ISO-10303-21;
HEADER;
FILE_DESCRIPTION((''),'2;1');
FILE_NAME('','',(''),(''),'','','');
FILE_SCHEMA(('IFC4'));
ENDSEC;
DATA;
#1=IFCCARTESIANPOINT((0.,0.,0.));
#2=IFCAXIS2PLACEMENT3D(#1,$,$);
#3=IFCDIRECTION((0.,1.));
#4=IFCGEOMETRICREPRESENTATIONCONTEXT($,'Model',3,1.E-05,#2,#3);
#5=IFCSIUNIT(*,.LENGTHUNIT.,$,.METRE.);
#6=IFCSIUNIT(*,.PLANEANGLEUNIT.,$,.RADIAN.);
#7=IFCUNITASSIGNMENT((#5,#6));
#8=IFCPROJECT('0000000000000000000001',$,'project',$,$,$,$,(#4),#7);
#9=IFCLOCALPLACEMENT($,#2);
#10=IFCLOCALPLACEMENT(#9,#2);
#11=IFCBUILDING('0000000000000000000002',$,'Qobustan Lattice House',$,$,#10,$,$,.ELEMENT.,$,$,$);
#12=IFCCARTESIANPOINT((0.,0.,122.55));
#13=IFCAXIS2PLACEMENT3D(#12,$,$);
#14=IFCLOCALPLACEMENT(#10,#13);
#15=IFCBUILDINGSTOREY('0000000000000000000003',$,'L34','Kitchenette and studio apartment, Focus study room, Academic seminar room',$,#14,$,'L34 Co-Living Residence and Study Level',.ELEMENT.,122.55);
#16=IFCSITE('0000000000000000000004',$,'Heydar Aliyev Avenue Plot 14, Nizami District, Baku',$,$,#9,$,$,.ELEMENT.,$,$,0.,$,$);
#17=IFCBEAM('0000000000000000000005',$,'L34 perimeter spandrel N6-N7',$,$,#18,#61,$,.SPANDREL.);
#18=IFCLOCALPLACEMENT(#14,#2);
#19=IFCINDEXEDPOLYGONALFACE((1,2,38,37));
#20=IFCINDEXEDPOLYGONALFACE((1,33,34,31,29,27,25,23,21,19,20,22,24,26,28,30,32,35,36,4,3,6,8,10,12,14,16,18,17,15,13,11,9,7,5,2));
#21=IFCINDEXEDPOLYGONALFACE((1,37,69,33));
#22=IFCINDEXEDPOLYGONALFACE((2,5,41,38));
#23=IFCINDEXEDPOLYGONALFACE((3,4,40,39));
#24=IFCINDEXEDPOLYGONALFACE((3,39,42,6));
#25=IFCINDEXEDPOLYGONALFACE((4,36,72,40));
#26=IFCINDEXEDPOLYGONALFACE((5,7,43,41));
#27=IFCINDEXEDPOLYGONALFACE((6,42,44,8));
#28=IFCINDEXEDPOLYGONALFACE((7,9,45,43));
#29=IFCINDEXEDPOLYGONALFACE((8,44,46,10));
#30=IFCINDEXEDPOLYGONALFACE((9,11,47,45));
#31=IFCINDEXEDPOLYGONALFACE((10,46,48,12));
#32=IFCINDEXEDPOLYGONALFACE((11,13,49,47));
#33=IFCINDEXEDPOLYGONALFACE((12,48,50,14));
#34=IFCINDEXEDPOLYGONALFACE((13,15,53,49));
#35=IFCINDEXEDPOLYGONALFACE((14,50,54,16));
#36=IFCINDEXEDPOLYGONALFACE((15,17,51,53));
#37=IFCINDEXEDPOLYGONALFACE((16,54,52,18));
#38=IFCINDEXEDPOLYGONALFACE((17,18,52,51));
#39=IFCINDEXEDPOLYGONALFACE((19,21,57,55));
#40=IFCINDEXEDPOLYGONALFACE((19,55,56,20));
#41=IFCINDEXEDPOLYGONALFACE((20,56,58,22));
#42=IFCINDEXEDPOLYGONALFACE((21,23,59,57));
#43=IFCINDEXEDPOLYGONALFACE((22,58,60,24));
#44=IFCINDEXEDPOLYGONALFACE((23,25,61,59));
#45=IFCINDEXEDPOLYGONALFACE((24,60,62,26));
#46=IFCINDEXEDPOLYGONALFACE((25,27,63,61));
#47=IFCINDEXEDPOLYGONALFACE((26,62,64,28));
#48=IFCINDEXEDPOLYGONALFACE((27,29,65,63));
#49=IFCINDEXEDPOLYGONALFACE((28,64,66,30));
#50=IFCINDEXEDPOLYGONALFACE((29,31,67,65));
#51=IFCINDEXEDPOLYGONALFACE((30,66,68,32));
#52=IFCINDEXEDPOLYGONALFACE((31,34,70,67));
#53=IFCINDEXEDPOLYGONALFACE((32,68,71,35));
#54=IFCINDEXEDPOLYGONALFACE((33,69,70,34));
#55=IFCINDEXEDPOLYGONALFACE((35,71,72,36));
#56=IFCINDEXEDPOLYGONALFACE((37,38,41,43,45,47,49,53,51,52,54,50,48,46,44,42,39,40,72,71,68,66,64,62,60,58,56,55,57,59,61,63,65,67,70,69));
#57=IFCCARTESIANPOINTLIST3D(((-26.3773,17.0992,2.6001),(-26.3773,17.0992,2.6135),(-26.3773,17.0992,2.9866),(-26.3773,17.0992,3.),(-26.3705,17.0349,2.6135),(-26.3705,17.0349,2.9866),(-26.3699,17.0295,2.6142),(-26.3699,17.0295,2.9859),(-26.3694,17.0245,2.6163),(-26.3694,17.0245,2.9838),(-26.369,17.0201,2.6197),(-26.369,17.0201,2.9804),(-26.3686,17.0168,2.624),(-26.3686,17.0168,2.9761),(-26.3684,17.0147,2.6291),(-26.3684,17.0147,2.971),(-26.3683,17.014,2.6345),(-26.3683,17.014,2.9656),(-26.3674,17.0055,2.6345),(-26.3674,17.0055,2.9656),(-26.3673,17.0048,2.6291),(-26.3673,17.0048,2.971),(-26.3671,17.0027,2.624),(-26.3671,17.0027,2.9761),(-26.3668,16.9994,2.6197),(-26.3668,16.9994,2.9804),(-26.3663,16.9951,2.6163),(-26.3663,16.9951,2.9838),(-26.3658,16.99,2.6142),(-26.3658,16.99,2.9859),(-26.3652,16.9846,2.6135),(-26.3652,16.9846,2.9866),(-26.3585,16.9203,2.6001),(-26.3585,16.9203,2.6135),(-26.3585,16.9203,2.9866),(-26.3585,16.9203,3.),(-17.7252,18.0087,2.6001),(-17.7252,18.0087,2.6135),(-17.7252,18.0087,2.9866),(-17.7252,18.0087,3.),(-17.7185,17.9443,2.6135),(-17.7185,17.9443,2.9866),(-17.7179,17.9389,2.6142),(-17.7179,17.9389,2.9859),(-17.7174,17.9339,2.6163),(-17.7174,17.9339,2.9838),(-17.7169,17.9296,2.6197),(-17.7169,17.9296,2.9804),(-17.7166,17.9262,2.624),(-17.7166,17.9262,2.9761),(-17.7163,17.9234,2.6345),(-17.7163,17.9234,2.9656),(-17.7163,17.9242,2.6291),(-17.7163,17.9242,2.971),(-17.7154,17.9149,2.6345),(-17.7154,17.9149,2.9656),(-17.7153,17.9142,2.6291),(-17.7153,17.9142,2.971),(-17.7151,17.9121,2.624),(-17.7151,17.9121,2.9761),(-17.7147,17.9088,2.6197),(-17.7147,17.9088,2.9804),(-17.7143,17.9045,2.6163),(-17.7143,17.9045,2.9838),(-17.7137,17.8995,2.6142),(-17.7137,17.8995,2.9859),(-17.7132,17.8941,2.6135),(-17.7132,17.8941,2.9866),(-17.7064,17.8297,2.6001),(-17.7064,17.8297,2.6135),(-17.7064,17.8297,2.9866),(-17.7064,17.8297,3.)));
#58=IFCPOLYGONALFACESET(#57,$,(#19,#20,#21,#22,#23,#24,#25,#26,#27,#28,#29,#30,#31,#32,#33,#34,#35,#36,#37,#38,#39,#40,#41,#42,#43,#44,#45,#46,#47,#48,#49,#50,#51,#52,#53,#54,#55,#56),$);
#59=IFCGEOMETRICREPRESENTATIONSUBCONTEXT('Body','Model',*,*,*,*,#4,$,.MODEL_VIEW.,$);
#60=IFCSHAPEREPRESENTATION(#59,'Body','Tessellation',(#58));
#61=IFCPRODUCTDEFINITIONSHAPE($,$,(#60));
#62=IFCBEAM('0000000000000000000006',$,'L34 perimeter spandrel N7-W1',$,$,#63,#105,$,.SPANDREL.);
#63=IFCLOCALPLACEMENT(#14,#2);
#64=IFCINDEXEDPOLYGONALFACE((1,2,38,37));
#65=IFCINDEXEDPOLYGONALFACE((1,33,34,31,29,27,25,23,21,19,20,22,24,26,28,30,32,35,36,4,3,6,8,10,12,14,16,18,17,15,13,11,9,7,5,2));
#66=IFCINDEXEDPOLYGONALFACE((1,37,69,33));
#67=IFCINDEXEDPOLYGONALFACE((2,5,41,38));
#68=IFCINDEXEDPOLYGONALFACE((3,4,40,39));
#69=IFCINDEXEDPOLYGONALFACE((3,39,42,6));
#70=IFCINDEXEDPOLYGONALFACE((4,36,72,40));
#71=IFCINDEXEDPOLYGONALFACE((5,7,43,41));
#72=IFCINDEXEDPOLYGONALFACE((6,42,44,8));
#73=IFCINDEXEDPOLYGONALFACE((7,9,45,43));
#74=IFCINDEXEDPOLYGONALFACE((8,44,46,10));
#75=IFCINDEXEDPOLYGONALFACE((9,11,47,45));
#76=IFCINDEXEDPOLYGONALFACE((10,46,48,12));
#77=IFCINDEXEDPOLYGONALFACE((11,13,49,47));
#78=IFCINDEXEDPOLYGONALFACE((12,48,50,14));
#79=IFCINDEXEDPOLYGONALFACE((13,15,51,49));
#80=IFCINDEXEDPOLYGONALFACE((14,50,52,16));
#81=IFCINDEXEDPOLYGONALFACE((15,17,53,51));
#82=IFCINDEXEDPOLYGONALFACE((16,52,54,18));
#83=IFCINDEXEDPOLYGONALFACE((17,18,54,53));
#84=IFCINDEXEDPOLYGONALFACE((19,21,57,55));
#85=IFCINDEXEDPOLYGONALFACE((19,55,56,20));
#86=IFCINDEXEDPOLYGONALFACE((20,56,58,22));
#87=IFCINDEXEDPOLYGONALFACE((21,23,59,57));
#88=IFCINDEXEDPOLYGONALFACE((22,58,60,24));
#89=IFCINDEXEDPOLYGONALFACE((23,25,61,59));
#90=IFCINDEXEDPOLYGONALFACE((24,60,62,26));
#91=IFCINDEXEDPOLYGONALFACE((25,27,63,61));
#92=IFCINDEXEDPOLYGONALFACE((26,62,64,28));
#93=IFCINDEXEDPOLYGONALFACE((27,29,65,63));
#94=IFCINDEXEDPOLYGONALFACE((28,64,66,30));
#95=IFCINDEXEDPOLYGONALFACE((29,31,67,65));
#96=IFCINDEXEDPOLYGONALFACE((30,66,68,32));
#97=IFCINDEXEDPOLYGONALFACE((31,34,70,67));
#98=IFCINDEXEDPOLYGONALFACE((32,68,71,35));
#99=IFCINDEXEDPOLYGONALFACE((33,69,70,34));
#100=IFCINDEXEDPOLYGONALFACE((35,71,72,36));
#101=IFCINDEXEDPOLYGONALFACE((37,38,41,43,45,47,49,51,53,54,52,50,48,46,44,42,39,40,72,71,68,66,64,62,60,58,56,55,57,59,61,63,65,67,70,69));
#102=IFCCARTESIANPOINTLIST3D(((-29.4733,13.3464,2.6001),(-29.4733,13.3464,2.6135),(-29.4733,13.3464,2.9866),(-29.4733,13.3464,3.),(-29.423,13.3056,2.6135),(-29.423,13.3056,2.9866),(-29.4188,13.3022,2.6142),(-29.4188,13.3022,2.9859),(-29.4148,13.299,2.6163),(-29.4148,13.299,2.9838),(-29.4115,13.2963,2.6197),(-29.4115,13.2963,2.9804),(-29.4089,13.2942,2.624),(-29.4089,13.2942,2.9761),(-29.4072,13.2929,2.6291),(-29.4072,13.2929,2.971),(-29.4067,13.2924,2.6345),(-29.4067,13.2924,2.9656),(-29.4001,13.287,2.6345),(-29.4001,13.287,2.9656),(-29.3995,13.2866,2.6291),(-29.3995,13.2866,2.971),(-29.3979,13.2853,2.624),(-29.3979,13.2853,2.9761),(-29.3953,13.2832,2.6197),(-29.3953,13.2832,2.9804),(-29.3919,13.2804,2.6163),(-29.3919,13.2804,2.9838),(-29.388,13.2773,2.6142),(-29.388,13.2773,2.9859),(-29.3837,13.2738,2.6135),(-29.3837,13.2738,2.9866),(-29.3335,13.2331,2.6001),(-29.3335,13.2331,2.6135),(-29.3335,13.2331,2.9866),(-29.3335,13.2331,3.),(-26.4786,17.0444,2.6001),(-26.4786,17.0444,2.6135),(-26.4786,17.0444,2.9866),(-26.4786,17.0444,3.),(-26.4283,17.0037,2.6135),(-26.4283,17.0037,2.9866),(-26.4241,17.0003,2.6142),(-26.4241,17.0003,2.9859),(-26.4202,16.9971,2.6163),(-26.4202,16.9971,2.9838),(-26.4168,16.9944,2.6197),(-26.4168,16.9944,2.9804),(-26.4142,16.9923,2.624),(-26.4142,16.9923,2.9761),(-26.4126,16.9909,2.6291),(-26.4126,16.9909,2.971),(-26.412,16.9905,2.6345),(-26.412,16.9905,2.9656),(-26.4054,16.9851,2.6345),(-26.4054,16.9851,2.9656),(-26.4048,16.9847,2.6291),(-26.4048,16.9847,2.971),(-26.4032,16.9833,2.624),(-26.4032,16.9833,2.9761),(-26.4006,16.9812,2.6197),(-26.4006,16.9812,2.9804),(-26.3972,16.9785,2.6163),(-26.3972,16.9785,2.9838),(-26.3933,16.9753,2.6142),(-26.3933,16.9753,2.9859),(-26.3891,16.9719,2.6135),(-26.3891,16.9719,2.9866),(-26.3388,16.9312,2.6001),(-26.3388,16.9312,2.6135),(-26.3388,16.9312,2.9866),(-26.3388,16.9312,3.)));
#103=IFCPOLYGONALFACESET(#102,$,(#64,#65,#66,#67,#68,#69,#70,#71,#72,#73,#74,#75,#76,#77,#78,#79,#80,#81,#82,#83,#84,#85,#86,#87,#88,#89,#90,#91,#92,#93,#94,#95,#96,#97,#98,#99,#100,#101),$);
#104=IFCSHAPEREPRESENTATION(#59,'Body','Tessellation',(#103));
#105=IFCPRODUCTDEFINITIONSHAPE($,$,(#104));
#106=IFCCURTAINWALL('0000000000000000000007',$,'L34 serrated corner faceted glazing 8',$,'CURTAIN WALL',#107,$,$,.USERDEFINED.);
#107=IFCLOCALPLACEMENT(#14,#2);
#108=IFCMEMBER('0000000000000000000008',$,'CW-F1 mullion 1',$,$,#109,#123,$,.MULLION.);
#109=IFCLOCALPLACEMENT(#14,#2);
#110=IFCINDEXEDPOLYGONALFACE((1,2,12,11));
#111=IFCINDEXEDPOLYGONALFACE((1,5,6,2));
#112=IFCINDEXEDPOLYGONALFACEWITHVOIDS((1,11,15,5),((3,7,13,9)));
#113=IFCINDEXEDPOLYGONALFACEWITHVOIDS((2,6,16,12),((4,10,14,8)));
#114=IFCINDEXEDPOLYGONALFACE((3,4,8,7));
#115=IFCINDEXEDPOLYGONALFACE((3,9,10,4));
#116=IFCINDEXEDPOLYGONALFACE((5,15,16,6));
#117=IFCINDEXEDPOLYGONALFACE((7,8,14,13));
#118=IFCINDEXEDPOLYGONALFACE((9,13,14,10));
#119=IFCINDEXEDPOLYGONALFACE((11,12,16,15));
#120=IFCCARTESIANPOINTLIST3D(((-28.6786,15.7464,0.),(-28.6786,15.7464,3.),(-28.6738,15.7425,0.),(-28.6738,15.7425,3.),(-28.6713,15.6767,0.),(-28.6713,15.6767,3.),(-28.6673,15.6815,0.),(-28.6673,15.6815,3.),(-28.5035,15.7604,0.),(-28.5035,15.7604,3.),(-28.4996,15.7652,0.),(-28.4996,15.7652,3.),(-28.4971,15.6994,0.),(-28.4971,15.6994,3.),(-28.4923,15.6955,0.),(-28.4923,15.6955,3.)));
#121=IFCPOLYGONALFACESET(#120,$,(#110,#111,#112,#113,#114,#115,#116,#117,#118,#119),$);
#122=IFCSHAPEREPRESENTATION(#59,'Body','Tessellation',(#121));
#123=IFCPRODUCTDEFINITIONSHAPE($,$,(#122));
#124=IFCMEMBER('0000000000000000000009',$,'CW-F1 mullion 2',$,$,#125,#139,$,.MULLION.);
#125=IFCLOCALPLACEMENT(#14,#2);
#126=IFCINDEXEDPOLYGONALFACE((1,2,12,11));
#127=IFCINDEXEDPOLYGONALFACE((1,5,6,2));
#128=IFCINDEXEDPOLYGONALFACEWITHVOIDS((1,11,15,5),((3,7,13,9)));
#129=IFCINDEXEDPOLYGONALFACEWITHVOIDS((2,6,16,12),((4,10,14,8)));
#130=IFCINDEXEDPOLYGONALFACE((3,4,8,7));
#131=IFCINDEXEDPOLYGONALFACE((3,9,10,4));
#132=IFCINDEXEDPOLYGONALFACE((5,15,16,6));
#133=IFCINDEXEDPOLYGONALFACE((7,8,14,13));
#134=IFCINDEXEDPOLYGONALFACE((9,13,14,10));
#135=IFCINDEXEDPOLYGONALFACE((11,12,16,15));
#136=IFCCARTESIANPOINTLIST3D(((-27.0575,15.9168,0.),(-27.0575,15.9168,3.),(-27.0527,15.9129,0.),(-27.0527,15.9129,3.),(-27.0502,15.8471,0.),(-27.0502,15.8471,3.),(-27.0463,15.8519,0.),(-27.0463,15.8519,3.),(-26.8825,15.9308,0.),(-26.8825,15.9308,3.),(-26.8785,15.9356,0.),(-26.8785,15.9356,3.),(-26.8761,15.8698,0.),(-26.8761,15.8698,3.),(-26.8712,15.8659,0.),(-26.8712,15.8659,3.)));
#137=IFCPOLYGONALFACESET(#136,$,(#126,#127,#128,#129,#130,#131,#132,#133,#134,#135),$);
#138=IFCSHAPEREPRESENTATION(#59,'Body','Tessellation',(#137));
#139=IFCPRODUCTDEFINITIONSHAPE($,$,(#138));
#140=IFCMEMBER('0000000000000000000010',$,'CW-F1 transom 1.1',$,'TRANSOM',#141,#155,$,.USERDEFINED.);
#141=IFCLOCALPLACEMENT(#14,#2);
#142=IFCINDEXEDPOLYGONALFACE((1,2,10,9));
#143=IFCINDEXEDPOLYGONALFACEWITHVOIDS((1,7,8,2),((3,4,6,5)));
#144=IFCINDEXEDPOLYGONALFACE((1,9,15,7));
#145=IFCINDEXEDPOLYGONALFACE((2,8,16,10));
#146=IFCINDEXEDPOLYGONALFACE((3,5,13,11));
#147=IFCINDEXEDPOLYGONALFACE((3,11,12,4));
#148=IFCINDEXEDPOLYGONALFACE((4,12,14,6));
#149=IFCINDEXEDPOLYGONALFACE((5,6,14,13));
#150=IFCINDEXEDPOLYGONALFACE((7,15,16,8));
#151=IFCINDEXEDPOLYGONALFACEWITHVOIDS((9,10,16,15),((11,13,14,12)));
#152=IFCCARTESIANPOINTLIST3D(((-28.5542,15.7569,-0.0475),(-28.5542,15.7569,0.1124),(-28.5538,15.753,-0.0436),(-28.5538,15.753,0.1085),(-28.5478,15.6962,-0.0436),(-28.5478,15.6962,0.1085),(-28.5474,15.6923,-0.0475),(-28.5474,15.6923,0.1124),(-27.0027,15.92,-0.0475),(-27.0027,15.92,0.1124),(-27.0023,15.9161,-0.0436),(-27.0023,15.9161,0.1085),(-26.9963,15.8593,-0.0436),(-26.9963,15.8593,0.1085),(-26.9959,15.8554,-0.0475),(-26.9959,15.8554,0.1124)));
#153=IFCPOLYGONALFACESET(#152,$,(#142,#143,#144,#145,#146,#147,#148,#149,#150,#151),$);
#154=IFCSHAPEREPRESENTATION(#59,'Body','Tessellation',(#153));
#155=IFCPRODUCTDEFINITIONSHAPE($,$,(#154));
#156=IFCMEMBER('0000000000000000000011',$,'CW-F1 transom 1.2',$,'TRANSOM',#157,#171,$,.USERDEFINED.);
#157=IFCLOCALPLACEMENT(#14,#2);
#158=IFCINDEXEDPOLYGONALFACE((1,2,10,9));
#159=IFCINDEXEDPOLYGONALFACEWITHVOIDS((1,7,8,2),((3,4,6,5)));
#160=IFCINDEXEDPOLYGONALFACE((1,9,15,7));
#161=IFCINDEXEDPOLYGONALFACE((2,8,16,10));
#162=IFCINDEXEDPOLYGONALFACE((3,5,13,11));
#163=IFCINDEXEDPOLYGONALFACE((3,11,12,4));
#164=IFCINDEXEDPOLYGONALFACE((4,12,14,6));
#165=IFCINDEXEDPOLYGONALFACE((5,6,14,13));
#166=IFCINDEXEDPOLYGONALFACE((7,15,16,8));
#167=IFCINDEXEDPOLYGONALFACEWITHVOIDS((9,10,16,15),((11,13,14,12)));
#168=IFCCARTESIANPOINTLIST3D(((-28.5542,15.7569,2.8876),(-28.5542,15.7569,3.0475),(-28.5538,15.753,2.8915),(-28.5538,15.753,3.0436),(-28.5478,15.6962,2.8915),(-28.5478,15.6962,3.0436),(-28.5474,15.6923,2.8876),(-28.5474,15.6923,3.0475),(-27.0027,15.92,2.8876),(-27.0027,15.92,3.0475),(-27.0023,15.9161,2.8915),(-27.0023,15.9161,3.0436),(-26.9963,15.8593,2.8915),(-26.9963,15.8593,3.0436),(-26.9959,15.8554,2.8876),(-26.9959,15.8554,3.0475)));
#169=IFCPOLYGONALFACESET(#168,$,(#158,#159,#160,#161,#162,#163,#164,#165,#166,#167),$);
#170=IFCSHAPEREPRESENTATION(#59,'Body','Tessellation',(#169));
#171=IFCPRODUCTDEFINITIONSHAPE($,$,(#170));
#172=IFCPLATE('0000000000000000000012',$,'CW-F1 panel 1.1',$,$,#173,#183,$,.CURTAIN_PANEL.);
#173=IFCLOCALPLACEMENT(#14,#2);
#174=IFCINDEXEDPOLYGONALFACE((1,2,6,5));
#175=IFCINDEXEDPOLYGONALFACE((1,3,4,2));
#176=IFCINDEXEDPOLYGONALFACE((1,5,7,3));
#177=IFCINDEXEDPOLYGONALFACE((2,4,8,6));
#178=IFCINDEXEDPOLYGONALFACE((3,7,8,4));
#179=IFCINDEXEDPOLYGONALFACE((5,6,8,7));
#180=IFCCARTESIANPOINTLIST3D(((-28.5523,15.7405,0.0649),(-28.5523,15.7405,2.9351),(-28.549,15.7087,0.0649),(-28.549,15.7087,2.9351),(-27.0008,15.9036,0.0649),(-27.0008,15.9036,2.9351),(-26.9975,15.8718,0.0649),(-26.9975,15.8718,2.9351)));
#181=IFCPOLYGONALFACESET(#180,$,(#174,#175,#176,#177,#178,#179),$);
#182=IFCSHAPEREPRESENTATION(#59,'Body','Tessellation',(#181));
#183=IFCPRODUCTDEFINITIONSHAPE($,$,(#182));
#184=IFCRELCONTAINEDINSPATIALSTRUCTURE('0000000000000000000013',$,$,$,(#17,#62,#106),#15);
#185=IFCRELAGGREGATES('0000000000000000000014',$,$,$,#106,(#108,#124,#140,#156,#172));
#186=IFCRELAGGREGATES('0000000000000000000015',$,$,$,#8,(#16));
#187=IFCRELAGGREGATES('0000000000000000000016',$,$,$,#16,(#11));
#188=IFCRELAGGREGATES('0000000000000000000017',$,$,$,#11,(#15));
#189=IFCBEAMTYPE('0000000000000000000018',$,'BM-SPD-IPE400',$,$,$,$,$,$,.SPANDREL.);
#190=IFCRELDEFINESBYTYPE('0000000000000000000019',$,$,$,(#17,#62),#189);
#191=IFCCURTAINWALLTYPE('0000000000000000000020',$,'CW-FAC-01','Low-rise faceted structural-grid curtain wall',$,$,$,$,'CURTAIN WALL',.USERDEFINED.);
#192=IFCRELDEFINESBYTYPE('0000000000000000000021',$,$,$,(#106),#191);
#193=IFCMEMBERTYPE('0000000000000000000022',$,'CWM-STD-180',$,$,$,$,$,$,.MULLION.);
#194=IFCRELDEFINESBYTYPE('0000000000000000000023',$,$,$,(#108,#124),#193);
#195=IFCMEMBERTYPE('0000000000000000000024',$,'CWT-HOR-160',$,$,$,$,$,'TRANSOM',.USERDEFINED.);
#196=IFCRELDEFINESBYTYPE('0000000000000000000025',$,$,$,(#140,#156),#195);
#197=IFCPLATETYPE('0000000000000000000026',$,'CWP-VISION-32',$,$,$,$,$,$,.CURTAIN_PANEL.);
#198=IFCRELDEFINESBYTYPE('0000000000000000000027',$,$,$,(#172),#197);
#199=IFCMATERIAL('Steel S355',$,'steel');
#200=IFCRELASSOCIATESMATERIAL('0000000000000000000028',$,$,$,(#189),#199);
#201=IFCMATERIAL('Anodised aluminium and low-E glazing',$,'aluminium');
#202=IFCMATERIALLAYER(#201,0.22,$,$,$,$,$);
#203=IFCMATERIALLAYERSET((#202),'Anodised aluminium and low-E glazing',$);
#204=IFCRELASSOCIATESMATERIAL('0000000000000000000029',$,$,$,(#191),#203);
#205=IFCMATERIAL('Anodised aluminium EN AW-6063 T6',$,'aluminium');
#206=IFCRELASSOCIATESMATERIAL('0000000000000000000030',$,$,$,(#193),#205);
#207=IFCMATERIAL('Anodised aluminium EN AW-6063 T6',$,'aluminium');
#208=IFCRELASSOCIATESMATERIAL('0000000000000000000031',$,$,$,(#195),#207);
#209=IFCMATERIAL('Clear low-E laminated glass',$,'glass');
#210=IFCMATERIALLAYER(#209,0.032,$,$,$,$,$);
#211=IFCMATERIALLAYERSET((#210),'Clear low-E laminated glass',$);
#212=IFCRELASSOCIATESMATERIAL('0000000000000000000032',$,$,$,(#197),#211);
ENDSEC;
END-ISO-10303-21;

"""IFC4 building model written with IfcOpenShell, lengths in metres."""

from ifc_helpers import new_model, si_unit, direction, frame, origin, origin_2d, place, context, subcontext, project, spatial, rectangle, hollow_rectangle, i_section, extrude, material, layer, layer_set, material_profile, profile_set, type_object, element, aggregate, save


model = new_model("IFC4")

# Units and contexts
model_context = context("Model", 3, precision=1e-05, world=origin(), true_north=direction((0.0, 1.0)))
body_context = subcontext(model_context, "Body", "Model", "MODEL_VIEW")
ifc_project = project(units=[si_unit("LENGTHUNIT", "METRE"), si_unit("PLANEANGLEUNIT", "RADIAN")], contexts=[model_context])

# Site, building, storey
site_placement = place(None, origin())
site = spatial("IfcSite", under=ifc_project, at=site_placement, Name="Heydar Aliyev Avenue Plot 14, Nizami District, Baku", CompositionType="ELEMENT", RefElevation=0.0)
building_placement = place(site_placement, origin())
building = spatial("IfcBuilding", under=site, at=building_placement, Name="Qobustan Lattice House", CompositionType="ELEMENT")
storey_placement = place(building_placement, frame((0.0, 0.0, 122.55)))
storey = spatial("IfcBuildingStorey", under=building, at=storey_placement, Name="L34", Description="Kitchenette and studio apartment, Focus study room, Academic seminar room", LongName="L34 Co-Living Residence and Study Level", CompositionType="ELEMENT", Elevation=122.55)

# Beams
ifc_material_1 = material(Name="Steel S355", Category="steel")
ifc_material_profile_1 = material_profile(ifc_material_1, i_section(OverallWidth=0.1799, OverallDepth=0.3999, WebThickness=0.0085, FlangeThickness=0.0134, FilletRadius=0.021, at=origin_2d()), Name="IPE400")
ifc_profile_set_1 = profile_set([ifc_material_profile_1], Name="Steel S355")
beam_type_1 = type_object("IfcBeamType", Name="BM-SPD-IPE400", PredefinedType="SPANDREL", material=ifc_profile_set_1)
beam_1_placement = place(storey_placement, frame((-17.7158, 17.9192, 2.8), z_axis=(-0.994521, -0.104534, 0.0), x_axis=(0.104534, -0.994521, 0.0)))
element("IfcBeam", 1, at=beam_1_placement, inside=storey, type_object=beam_type_1, Name="L34 perimeter spandrel N6-N7", PredefinedType="SPANDREL", context=body_context, shape_type="SweptSolid", body=[
    extrude(i_section(OverallWidth=0.1799, OverallDepth=0.3999, WebThickness=0.0085, FlangeThickness=0.0134, FilletRadius=0.021, at=origin_2d()), origin(), (0.0, 0.0, 1.0), 8.6997),
])
beam_2_placement = place(storey_placement, frame((-26.4087, 16.9878, 2.8), z_axis=(-0.629327, -0.777141, 0.0), x_axis=(0.777141, -0.629327, 0.0)))
element("IfcBeam", 2, at=beam_2_placement, inside=storey, type_object=beam_type_1, Name="L34 perimeter spandrel N7-W1", PredefinedType="SPANDREL", context=body_context, shape_type="SweptSolid", body=[
    extrude(i_section(OverallWidth=0.1799, OverallDepth=0.3999, WebThickness=0.0085, FlangeThickness=0.0134, FilletRadius=0.021, at=origin_2d()), origin(), (0.0, 0.0, 1.0), 4.7585),
])

# Curtain wall, members, plate
ifc_material_2 = material(Name="Anodised aluminium and low-E glazing", Category="aluminium")
ifc_layer_1 = layer(ifc_material_2, 0.22)
ifc_layer_set_1 = layer_set([ifc_layer_1], Name="Anodised aluminium and low-E glazing")
curtain_wall_type = type_object("IfcCurtainWallType", Name="CW-FAC-01", Description="Low-rise faceted structural-grid curtain wall", ElementType="CURTAIN WALL", PredefinedType="USERDEFINED", material=ifc_layer_set_1)
curtain_wall_placement = place(storey_placement, origin())
curtain_wall = element("IfcCurtainWall", 3, at=curtain_wall_placement, inside=storey, type_object=curtain_wall_type, Name="L34 serrated corner faceted glazing 8", ObjectType="CURTAIN WALL", PredefinedType="USERDEFINED")
ifc_material_3 = material(Name="Anodised aluminium EN AW-6063 T6", Category="aluminium")
ifc_material_profile_2 = material_profile(ifc_material_3, hollow_rectangle(XDim=0.0701, YDim=0.1799, WallThickness=0.0044, at=origin_2d()), Name="CWM-180x70")
ifc_profile_set_2 = profile_set([ifc_material_profile_2], Name="Anodised aluminium EN AW-6063 T6")
member_type_1 = type_object("IfcMemberType", Name="CWM-STD-180", PredefinedType="MULLION", material=ifc_profile_set_2)
member_1_placement = place(storey_placement, frame((-28.5854, 15.7209, 0.0), z_axis=(0.0, 0.0, 1.0), x_axis=(-0.104529, 0.994522, 0.0)))
member_1 = element("IfcMember", 4, at=member_1_placement, type_object=member_type_1, Name="CW-F1 mullion 1", PredefinedType="MULLION", context=body_context, shape_type="SweptSolid", body=[
    extrude(hollow_rectangle(XDim=0.0701, YDim=0.1799, WallThickness=0.0044, at=origin_2d()), origin(), (0.0, 0.0, 1.0), 3.0),
])
member_2_placement = place(storey_placement, frame((-26.9644, 15.8914, 0.0), z_axis=(0.0, 0.0, 1.0), x_axis=(-0.104529, 0.994522, 0.0)))
member_2 = element("IfcMember", 5, at=member_2_placement, type_object=member_type_1, Name="CW-F1 mullion 2", PredefinedType="MULLION", context=body_context, shape_type="SweptSolid", body=[
    extrude(hollow_rectangle(XDim=0.0701, YDim=0.1799, WallThickness=0.0044, at=origin_2d()), origin(), (0.0, 0.0, 1.0), 3.0),
])
ifc_material_4 = material(Name="Anodised aluminium EN AW-6063 T6", Category="aluminium")
ifc_material_profile_3 = material_profile(ifc_material_4, hollow_rectangle(XDim=0.0649, YDim=0.1599, WallThickness=0.0039, at=origin_2d()), Name="CWT-160x65")
ifc_profile_set_3 = profile_set([ifc_material_profile_3], Name="Anodised aluminium EN AW-6063 T6")
member_type_2 = type_object("IfcMemberType", Name="CWT-HOR-160", ElementType="TRANSOM", PredefinedType="USERDEFINED", material=ifc_profile_set_3)
member_3_placement = place(storey_placement, frame((-28.5508, 15.7246, 0.0325), z_axis=(0.994521, 0.104538, 0.0), x_axis=(-0.104538, 0.994521, 0.0)))
member_3 = element("IfcMember", 6, at=member_3_placement, type_object=member_type_2, Name="CW-F1 transom 1.1", ObjectType="TRANSOM", PredefinedType="USERDEFINED", context=body_context, shape_type="SweptSolid", body=[
    extrude(hollow_rectangle(XDim=0.0649, YDim=0.1599, WallThickness=0.0039, at=origin_2d()), origin(), (0.0, 0.0, 1.0), 1.5601),
])
member_4_placement = place(storey_placement, frame((-28.5508, 15.7246, 2.9675), z_axis=(0.994521, 0.104538, 0.0), x_axis=(-0.104538, 0.994521, 0.0)))
member_4 = element("IfcMember", 7, at=member_4_placement, type_object=member_type_2, Name="CW-F1 transom 1.2", ObjectType="TRANSOM", PredefinedType="USERDEFINED", context=body_context, shape_type="SweptSolid", body=[
    extrude(hollow_rectangle(XDim=0.0649, YDim=0.1599, WallThickness=0.0039, at=origin_2d()), origin(), (0.0, 0.0, 1.0), 1.5601),
])
ifc_material_5 = material(Name="Clear low-E laminated glass", Category="glass")
ifc_layer_2 = layer(ifc_material_5, 0.032)
ifc_layer_set_2 = layer_set([ifc_layer_2], Name="Clear low-E laminated glass")
plate_type_1 = type_object("IfcPlateType", Name="CWP-VISION-32", PredefinedType="CURTAIN_PANEL", material=ifc_layer_set_2)
plate_1_placement = place(storey_placement, frame((-27.7749, 15.8062, 0.0649), z_axis=(0.0, 0.0, 1.0), x_axis=(0.994522, 0.104529, 0.0)))
plate_1 = element("IfcPlate", 8, at=plate_1_placement, type_object=plate_type_1, Name="CW-F1 panel 1.1", PredefinedType="CURTAIN_PANEL", context=body_context, shape_type="SweptSolid", body=[
    extrude(rectangle(XDim=1.5601, YDim=0.032, at=origin_2d()), origin(), (0.0, 0.0, 1.0), 2.8701),
])
aggregate(curtain_wall, [member_1, member_2, member_3, member_4, plate_1])

save(model, "model.ifc")
